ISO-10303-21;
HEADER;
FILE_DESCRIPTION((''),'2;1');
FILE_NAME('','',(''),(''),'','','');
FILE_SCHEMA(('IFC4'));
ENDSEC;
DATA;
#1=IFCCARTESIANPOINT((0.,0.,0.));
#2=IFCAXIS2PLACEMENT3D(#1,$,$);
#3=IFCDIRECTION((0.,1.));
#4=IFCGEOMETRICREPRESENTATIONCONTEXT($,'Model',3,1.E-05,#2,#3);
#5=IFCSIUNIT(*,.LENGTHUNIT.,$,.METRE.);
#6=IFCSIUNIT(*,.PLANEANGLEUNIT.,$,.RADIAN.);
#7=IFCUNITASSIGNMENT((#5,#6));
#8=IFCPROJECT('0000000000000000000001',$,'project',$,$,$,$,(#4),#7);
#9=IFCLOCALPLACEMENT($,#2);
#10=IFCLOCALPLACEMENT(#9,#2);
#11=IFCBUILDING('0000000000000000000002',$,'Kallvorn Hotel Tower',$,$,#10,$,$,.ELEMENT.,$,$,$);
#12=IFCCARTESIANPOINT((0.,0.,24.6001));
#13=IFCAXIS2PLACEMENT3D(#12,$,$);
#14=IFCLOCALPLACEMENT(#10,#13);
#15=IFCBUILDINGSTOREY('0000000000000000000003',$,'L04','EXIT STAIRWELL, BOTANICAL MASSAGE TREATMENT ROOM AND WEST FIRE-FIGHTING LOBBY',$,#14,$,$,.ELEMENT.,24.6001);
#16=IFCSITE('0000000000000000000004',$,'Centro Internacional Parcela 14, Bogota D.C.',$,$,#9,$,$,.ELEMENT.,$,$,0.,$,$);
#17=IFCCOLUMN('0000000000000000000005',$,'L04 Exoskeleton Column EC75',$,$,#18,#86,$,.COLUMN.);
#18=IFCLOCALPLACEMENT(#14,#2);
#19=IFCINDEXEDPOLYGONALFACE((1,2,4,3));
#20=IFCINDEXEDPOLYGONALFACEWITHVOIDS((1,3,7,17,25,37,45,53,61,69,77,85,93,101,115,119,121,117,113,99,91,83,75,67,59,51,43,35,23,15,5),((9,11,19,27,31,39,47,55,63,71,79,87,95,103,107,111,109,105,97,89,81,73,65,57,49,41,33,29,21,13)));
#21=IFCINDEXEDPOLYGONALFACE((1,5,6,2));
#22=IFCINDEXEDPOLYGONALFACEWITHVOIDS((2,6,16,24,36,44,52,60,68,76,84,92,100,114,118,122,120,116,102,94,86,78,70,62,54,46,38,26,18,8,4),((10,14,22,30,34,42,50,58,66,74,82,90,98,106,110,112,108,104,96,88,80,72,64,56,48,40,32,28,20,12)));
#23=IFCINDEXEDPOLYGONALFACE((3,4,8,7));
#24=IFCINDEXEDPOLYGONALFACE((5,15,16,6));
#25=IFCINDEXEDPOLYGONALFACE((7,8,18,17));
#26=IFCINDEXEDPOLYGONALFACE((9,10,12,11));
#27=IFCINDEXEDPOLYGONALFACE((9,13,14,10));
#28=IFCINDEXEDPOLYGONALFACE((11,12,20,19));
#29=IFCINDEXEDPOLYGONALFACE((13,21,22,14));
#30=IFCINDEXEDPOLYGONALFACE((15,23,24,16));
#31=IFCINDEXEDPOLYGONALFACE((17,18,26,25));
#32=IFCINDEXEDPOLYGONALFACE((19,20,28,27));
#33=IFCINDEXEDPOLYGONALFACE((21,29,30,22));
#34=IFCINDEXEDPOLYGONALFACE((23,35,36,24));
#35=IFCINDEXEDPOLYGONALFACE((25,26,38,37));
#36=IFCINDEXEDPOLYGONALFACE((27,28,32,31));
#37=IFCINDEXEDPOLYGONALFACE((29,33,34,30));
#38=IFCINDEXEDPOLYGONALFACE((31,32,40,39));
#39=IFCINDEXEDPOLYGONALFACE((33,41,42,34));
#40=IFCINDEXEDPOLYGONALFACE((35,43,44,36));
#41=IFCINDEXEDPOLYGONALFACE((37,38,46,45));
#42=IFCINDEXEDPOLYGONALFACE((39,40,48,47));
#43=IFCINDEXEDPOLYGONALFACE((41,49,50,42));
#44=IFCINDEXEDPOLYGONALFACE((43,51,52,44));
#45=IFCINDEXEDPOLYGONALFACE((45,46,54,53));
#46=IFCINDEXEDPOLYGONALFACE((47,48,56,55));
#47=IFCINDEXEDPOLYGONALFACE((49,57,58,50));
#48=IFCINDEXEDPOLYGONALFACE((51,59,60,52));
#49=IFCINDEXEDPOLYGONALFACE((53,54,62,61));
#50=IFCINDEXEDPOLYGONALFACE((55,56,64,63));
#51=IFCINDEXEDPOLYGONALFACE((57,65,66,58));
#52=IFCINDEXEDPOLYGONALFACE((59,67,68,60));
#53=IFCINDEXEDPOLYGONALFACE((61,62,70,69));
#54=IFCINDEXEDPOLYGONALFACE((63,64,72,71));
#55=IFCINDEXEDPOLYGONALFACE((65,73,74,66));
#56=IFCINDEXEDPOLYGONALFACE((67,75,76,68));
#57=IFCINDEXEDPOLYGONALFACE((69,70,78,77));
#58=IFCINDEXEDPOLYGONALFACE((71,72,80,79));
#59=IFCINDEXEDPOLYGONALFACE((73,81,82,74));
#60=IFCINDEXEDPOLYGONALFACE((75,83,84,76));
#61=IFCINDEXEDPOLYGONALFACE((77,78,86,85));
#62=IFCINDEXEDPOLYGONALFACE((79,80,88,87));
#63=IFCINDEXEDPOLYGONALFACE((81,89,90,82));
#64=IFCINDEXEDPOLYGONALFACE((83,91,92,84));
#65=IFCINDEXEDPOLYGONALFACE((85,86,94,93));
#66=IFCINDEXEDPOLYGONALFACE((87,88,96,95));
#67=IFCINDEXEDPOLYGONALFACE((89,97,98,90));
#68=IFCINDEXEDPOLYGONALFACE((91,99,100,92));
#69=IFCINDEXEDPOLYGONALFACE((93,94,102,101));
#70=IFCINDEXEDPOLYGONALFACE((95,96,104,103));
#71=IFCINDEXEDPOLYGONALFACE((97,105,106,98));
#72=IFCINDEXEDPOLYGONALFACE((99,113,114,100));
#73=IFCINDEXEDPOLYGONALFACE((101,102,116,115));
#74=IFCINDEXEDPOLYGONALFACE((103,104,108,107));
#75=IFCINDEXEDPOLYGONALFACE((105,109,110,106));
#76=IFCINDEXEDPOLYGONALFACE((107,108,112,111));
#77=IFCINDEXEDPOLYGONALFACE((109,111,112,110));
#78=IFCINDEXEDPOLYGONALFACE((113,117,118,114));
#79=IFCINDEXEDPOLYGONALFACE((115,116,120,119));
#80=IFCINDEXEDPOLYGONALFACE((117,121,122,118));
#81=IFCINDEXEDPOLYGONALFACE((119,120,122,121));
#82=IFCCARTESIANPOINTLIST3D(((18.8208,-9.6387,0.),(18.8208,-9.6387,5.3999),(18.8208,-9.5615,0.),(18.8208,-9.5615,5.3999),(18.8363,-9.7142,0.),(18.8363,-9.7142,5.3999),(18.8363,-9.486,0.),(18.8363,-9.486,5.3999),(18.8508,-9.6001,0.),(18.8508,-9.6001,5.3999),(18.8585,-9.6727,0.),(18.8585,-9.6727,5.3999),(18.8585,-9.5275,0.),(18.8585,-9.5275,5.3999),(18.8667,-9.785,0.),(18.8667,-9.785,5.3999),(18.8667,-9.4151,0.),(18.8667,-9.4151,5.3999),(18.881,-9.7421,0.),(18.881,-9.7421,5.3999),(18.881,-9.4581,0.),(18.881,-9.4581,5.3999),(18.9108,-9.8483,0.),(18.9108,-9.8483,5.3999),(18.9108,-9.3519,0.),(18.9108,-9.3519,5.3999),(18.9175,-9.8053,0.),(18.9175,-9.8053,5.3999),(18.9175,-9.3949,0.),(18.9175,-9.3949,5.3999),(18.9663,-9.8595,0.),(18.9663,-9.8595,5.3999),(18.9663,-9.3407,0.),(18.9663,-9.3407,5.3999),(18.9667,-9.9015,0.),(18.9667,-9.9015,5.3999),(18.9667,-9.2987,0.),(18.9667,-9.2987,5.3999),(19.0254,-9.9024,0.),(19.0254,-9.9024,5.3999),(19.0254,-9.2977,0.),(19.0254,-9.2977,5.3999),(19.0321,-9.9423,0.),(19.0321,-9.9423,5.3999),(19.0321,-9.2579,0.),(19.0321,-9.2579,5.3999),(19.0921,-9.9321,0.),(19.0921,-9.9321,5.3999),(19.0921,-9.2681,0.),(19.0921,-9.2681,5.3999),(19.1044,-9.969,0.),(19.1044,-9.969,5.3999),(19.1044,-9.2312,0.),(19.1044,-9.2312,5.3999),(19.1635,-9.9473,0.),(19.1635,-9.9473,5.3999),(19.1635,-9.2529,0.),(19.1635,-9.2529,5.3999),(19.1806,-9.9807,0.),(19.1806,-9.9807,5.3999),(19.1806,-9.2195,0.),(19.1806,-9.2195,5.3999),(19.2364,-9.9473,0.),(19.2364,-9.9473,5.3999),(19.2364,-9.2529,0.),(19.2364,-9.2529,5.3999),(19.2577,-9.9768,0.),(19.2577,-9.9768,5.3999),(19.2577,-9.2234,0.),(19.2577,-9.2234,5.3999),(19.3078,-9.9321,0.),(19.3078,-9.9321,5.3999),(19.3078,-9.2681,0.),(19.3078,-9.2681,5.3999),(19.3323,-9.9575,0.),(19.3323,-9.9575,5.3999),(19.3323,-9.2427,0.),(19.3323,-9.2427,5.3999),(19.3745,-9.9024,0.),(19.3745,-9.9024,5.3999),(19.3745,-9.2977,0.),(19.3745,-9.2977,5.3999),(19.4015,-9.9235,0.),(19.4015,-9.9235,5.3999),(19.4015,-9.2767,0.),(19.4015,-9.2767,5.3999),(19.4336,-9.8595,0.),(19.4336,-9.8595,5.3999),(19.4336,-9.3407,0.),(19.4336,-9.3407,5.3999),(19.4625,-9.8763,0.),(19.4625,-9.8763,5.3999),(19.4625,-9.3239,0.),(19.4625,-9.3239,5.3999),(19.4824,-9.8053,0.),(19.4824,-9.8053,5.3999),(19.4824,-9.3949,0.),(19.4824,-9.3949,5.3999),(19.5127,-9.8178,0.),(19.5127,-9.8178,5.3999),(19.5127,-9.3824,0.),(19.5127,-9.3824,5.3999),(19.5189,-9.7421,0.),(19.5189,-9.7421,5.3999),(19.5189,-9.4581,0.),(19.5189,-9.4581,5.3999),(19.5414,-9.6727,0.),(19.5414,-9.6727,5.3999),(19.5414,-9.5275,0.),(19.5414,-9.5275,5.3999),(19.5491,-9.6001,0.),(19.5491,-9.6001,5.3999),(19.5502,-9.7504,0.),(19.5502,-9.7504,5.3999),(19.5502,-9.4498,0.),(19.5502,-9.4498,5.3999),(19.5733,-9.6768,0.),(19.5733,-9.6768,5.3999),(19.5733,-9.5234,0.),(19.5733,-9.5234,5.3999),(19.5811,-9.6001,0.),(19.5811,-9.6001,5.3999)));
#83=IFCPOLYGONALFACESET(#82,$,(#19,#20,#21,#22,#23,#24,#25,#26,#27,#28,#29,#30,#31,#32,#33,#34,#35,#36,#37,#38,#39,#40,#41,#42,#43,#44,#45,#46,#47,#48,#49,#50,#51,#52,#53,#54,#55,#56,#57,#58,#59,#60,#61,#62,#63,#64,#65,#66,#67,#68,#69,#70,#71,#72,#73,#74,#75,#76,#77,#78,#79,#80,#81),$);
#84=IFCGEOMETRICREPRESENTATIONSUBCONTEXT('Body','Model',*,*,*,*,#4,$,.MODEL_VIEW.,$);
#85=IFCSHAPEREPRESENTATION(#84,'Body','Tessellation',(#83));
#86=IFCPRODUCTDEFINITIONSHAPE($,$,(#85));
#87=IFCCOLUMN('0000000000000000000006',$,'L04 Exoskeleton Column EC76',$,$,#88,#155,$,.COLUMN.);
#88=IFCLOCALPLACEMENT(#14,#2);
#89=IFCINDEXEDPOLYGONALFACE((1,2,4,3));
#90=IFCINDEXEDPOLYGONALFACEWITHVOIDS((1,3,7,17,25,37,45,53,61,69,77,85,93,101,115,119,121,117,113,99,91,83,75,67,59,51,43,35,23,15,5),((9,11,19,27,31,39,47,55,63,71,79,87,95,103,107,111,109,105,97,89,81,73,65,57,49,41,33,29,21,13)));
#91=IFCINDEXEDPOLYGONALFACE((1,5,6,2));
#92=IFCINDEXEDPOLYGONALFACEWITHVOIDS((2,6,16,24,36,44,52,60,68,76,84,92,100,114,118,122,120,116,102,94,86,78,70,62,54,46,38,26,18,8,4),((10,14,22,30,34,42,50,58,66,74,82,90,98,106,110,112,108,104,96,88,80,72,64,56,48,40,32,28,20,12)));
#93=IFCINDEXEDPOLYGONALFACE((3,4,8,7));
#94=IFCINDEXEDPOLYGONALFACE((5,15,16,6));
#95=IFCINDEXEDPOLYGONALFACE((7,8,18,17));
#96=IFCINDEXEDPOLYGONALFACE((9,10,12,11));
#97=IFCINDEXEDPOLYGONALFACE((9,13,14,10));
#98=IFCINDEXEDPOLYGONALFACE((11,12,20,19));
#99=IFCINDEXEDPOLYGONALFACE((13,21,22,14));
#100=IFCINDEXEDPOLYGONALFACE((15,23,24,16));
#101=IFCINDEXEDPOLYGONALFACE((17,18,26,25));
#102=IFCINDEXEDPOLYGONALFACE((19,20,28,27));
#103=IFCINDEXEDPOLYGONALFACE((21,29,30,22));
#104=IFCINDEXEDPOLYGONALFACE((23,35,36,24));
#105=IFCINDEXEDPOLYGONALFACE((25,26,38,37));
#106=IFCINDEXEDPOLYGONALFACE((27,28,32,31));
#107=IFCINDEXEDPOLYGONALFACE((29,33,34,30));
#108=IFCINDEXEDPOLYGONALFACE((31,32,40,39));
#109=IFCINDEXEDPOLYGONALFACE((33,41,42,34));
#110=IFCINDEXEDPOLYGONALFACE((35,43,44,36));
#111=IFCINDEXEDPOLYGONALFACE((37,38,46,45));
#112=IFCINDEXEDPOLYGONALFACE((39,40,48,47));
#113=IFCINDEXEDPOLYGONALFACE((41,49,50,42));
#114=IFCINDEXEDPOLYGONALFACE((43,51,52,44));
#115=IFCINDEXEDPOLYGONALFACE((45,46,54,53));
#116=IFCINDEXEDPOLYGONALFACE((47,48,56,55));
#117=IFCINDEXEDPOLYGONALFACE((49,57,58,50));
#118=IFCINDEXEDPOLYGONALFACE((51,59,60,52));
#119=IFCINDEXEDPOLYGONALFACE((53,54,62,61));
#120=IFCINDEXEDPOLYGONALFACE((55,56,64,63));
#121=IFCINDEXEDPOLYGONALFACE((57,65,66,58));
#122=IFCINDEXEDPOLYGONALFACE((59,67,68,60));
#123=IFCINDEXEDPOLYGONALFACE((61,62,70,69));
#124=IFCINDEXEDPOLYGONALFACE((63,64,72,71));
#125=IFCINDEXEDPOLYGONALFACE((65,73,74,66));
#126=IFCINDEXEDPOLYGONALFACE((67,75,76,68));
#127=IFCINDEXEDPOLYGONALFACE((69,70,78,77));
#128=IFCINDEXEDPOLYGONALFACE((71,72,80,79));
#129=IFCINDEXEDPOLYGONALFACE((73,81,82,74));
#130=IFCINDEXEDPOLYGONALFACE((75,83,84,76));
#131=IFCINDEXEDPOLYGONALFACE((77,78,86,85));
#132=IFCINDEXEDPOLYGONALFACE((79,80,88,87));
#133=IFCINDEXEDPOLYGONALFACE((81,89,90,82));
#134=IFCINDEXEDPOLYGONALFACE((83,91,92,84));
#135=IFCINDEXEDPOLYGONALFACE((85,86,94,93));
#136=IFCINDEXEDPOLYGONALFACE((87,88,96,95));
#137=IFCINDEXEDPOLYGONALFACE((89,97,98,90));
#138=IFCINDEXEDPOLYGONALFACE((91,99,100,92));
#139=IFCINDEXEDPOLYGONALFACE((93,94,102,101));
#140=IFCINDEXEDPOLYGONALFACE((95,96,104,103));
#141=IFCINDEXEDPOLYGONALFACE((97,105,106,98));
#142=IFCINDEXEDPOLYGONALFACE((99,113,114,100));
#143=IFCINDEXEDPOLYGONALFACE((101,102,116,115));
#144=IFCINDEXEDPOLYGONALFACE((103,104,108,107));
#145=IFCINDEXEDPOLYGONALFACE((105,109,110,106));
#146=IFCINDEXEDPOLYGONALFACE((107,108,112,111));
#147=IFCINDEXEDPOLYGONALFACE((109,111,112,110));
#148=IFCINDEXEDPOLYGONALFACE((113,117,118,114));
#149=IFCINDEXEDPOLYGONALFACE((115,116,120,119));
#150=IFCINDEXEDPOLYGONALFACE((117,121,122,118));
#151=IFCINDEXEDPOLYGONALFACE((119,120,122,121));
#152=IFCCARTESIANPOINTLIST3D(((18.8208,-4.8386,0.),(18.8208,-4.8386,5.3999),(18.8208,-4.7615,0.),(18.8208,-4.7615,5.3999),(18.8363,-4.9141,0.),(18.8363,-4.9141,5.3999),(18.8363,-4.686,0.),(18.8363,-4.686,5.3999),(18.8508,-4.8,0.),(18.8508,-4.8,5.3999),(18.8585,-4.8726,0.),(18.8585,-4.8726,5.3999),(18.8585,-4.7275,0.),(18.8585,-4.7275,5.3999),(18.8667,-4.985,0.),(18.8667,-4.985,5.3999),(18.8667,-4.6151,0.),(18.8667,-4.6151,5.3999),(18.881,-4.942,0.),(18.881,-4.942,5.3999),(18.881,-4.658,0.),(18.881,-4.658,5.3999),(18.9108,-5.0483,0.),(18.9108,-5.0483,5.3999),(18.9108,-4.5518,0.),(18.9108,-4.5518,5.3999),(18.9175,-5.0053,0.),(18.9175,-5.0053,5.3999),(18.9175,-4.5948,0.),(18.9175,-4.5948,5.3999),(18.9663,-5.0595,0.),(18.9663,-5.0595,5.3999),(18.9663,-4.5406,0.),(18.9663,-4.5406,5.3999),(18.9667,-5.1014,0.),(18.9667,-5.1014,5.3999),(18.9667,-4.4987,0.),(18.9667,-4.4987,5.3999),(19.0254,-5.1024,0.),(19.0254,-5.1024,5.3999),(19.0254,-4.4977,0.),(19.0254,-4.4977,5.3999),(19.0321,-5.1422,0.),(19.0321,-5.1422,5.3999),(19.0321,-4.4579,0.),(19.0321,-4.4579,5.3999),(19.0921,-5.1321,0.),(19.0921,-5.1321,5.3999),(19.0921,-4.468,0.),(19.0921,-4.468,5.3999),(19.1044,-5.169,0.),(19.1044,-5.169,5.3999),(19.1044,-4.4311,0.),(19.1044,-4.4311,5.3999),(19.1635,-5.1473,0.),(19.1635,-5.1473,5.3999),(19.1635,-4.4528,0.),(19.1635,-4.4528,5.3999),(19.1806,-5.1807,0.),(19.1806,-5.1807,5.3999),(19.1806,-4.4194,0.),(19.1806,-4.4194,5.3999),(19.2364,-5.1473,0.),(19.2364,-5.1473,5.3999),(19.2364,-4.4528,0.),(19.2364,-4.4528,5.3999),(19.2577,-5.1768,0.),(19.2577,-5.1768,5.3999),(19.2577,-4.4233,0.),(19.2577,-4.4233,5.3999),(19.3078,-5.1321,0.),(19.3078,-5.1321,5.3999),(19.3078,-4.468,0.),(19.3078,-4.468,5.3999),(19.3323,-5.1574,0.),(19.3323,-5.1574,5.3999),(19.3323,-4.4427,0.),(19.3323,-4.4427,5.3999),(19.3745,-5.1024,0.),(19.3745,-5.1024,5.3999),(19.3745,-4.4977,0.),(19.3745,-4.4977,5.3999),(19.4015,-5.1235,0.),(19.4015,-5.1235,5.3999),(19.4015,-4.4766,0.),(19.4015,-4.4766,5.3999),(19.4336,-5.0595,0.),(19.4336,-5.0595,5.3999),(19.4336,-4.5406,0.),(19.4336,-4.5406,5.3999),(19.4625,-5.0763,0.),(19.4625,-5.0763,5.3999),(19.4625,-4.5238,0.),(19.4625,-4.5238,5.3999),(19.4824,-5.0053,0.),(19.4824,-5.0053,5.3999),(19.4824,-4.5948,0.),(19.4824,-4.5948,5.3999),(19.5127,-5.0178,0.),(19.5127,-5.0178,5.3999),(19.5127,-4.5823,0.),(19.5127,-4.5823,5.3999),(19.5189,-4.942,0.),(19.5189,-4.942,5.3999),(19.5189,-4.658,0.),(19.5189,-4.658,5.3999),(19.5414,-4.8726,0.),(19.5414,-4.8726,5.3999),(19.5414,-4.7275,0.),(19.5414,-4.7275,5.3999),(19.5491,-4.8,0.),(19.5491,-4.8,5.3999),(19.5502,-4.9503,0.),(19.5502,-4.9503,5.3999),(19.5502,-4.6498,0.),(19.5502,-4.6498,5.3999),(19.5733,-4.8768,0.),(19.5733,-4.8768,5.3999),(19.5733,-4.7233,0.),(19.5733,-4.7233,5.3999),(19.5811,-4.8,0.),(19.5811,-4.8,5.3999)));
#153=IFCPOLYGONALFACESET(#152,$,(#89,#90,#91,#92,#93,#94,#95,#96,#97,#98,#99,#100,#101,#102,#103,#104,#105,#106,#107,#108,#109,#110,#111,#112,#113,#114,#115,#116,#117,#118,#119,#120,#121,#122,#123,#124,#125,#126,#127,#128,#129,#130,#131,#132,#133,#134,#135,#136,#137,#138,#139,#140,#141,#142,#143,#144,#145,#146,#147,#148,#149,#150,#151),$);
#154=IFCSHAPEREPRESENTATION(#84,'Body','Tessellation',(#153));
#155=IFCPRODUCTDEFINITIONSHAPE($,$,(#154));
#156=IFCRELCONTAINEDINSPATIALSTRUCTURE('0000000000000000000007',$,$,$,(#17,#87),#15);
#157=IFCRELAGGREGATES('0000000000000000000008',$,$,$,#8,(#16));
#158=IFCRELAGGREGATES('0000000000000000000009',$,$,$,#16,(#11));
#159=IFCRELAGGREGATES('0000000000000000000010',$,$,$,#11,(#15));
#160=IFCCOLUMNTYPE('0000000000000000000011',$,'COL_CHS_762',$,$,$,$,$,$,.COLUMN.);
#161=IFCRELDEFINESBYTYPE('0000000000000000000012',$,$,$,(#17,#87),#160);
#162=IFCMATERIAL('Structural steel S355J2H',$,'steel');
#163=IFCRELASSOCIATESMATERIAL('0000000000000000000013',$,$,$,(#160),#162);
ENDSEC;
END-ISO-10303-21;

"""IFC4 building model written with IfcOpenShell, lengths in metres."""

from ifc_helpers import new_model, si_unit, direction, frame, origin, origin_2d, place, context, subcontext, project, spatial, hollow_circle, extrude, material, material_profile, profile_set, type_object, element, save


model = new_model("IFC4")

# Units and contexts
model_context = context("Model", 3, precision=1e-05, world=origin(), true_north=direction((0.0, 1.0)))
body_context = subcontext(model_context, "Body", "Model", "MODEL_VIEW")
ifc_project = project(units=[si_unit("LENGTHUNIT", "METRE"), si_unit("PLANEANGLEUNIT", "RADIAN")], contexts=[model_context])

# Site, building, storey
site_placement = place(None, origin())
site = spatial("IfcSite", under=ifc_project, at=site_placement, Name="Centro Internacional Parcela 14, Bogota D.C.", CompositionType="ELEMENT", RefElevation=0.0)
building_placement = place(site_placement, origin())
building = spatial("IfcBuilding", under=site, at=building_placement, Name="Kallvorn Hotel Tower", CompositionType="ELEMENT")
storey_placement = place(building_placement, frame((0.0, 0.0, 24.6001)))
storey = spatial("IfcBuildingStorey", under=building, at=storey_placement, Name="L04", Description="EXIT STAIRWELL, BOTANICAL MASSAGE TREATMENT ROOM AND WEST FIRE-FIGHTING LOBBY", CompositionType="ELEMENT", Elevation=24.6001)

# Columns
ifc_material_1 = material(Name="Structural steel S355J2H", Category="steel")
ifc_material_profile_1 = material_profile(ifc_material_1, hollow_circle(Radius=0.3811, WallThickness=0.032, at=origin_2d()), Name="CHS 762x32")
ifc_profile_set_1 = profile_set([ifc_material_profile_1], Name="Structural steel S355J2H")
column_type_1 = type_object("IfcColumnType", Name="COL_CHS_762", PredefinedType="COLUMN", material=ifc_profile_set_1)
for number, where, z_axis, x_axis, name in (
    (1, (19.2, -9.6001, 0.0), (0.0, 0.0, 1.0), (1.0, 0.0, 0.0), "L04 Exoskeleton Column EC75"),
    (2, (19.2, -4.8, 0.0), (0.0, 0.0, 1.0), (1.0, 0.0, 0.0), "L04 Exoskeleton Column EC76"),
):
    element("IfcColumn", number, at=place(storey_placement, frame(where, z_axis=z_axis, x_axis=x_axis)), inside=storey, type_object=column_type_1, Name=name, PredefinedType="COLUMN", context=body_context, shape_type="SweptSolid", body=[
        extrude(hollow_circle(Radius=0.3811, WallThickness=0.032, at=origin_2d()), origin(), (0.0, 0.0, 1.0), 5.3999),
    ])

save(model, "model.ifc")
